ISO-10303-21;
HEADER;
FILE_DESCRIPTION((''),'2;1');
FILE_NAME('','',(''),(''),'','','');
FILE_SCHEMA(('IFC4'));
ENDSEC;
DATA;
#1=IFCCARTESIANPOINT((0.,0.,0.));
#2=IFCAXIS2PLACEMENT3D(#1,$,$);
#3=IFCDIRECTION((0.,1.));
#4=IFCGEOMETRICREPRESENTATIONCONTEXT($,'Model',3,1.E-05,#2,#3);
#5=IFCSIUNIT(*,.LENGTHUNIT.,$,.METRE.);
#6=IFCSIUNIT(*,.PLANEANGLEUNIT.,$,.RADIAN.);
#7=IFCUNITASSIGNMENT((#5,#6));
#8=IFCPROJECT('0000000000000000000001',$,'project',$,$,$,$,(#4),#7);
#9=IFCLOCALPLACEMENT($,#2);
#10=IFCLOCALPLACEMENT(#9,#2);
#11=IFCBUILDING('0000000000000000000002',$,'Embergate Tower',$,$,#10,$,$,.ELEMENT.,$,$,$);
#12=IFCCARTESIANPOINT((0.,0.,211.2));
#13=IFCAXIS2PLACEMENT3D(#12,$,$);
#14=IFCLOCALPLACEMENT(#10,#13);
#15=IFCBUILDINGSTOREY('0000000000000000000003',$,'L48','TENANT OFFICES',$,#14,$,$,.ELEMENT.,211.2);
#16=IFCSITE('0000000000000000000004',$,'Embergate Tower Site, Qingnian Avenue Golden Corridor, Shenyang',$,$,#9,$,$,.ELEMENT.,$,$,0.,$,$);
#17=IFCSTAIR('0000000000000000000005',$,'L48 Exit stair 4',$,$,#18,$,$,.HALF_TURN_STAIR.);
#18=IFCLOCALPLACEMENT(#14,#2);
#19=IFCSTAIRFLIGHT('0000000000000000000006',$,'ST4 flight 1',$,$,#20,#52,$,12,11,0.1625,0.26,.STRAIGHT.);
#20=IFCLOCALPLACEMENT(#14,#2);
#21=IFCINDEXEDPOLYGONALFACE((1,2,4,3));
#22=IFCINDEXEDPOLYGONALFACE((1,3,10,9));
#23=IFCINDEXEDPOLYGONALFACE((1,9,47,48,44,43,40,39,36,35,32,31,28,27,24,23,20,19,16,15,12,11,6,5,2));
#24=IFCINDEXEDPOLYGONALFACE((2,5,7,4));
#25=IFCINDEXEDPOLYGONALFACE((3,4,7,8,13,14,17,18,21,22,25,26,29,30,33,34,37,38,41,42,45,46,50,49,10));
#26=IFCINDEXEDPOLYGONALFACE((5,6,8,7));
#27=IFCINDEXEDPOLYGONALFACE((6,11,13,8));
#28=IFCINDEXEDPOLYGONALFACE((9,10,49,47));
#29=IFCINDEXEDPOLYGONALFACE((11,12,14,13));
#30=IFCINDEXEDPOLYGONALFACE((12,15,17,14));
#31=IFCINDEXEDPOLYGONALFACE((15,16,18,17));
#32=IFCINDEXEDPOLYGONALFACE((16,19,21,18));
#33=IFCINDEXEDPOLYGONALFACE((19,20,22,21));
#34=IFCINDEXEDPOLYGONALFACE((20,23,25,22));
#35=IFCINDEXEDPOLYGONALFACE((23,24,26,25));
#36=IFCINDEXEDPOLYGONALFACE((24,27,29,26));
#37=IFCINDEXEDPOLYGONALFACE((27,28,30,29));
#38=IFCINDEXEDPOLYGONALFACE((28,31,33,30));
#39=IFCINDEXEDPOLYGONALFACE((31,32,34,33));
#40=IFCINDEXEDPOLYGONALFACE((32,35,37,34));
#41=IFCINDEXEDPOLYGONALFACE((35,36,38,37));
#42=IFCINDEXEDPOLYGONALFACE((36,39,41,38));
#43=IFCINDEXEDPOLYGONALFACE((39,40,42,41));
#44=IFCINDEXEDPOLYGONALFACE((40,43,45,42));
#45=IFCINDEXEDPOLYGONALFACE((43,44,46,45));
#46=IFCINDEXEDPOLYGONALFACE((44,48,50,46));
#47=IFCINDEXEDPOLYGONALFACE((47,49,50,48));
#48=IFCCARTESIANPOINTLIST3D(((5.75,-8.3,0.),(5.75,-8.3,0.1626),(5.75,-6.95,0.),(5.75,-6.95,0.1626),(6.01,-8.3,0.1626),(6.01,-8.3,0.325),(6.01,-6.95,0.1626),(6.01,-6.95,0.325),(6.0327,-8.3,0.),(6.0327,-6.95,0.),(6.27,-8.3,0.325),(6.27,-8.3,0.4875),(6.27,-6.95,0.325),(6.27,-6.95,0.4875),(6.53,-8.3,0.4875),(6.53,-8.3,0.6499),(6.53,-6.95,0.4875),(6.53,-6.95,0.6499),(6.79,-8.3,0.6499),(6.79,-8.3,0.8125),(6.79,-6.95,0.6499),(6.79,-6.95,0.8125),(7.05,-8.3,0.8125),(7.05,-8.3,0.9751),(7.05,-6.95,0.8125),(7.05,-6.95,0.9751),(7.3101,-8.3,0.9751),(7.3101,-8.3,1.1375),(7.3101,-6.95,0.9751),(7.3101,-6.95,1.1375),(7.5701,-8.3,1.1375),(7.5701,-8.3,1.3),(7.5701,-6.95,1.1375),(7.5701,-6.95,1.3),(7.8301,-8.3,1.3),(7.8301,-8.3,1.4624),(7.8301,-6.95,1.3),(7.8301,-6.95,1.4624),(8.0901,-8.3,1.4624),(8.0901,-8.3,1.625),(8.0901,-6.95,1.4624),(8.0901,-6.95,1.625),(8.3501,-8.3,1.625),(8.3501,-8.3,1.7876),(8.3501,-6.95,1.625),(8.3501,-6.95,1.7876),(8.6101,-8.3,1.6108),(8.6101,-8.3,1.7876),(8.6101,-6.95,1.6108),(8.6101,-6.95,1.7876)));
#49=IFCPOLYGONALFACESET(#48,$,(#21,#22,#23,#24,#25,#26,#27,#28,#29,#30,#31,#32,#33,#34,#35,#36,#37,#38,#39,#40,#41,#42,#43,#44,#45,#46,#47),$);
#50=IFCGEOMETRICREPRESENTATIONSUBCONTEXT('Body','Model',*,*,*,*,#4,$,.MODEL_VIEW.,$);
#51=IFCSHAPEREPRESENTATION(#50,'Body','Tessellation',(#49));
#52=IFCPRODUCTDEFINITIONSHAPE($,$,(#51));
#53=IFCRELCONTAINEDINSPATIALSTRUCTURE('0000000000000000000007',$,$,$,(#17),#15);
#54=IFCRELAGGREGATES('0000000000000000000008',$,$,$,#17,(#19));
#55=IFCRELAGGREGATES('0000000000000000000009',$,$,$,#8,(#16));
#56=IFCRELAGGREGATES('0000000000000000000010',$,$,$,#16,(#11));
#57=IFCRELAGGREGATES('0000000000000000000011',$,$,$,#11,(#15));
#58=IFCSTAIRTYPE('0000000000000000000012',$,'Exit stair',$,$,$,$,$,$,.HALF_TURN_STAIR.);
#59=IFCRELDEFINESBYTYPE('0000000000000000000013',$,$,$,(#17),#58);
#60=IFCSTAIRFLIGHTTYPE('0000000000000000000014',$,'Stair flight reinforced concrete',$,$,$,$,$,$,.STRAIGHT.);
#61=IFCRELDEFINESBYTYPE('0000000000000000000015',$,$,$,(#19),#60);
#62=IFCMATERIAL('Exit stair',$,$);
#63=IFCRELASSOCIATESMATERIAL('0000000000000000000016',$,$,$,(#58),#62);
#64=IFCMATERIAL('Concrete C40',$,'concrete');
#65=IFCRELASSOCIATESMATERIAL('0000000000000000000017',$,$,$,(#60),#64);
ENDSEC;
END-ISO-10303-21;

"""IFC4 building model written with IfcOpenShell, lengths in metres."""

from ifc_helpers import new_model, si_unit, direction, frame, origin, place, context, subcontext, project, spatial, polyline, outline, extrude, source, transform, mapped, material, type_object, element, aggregate, save


model = new_model("IFC4")

# Units and contexts
model_context = context("Model", 3, precision=1e-05, world=origin(), true_north=direction((0.0, 1.0)))
body_context = subcontext(model_context, "Body", "Model", "MODEL_VIEW")
ifc_project = project(units=[si_unit("LENGTHUNIT", "METRE"), si_unit("PLANEANGLEUNIT", "RADIAN")], contexts=[model_context])

# Site, building, storey
site_placement = place(None, origin())
site = spatial("IfcSite", under=ifc_project, at=site_placement, Name="Embergate Tower Site, Qingnian Avenue Golden Corridor, Shenyang", CompositionType="ELEMENT", RefElevation=0.0)
building_placement = place(site_placement, origin())
building = spatial("IfcBuilding", under=site, at=building_placement, Name="Embergate Tower", CompositionType="ELEMENT")
storey_placement = place(building_placement, frame((0.0, 0.0, 211.2)))
storey = spatial("IfcBuildingStorey", under=building, at=storey_placement, Name="L48", Description="TENANT OFFICES", CompositionType="ELEMENT", Elevation=211.2)

# Stair, stair flight
ifc_material_1 = material(Name="Exit stair")
stair_type = type_object("IfcStairType", Name="Exit stair", PredefinedType="HALF_TURN_STAIR", material=ifc_material_1)
stair_placement = place(storey_placement, origin())
stair = element("IfcStair", 1, at=stair_placement, inside=storey, type_object=stair_type, Name="L48 Exit stair 4", PredefinedType="HALF_TURN_STAIR")
ifc_material_2 = material(Name="Concrete C40", Category="concrete")
stair_flight_type = type_object("IfcStairFlightType", Name="Stair flight reinforced concrete", PredefinedType="STRAIGHT", material=ifc_material_2)
shared_shape_1 = source(origin(), body_context, "Body", "SweptSolid", [
    extrude(outline(polyline([(0.0, 0.0), (0.0, 0.1626), (0.26, 0.1626), (0.26, 0.325), (0.52, 0.325), (0.52, 0.4875), (0.78, 0.4875), (0.78, 0.6499), (1.04, 0.6499), (1.04, 0.8125), (1.3, 0.8125), (1.3, 0.9751), (1.5601, 0.9751), (1.5601, 1.1375), (1.8201, 1.1375), (1.8201, 1.3), (2.0801, 1.3), (2.0801, 1.4624), (2.3401, 1.4624), (2.3401, 1.625), (2.6001, 1.625), (2.6001, 1.7876), (2.8601, 1.7876), (2.8601, 1.95), (2.8601, 1.6108), (0.2827, 0.0), (0.0, 0.0)])), frame((0.0, 0.675, 0.0), z_axis=(0.0, -1.0, 0.0), x_axis=(1.0, 0.0, 0.0)), (0.0, 0.0, 1.0), 1.3501),
])
stair_flight_placement = place(storey_placement, frame((5.75, -7.625, 0.0), z_axis=(0.0, 0.0, 1.0), x_axis=(1.0, 0.0, 0.0)))
stair_flight = element("IfcStairFlight", 2, at=stair_flight_placement, type_object=stair_flight_type, Name="ST4 flight 1", NumberOfRisers=12, NumberOfTreads=11, PredefinedType="STRAIGHT", RiserHeight=0.1625, TreadLength=0.26, context=body_context, shape_type="MappedRepresentation", body=[
    mapped(shared_shape_1, transform((0.0, 0.0, 0.0))),
])
aggregate(stair, [stair_flight])

save(model, "model.ifc")
